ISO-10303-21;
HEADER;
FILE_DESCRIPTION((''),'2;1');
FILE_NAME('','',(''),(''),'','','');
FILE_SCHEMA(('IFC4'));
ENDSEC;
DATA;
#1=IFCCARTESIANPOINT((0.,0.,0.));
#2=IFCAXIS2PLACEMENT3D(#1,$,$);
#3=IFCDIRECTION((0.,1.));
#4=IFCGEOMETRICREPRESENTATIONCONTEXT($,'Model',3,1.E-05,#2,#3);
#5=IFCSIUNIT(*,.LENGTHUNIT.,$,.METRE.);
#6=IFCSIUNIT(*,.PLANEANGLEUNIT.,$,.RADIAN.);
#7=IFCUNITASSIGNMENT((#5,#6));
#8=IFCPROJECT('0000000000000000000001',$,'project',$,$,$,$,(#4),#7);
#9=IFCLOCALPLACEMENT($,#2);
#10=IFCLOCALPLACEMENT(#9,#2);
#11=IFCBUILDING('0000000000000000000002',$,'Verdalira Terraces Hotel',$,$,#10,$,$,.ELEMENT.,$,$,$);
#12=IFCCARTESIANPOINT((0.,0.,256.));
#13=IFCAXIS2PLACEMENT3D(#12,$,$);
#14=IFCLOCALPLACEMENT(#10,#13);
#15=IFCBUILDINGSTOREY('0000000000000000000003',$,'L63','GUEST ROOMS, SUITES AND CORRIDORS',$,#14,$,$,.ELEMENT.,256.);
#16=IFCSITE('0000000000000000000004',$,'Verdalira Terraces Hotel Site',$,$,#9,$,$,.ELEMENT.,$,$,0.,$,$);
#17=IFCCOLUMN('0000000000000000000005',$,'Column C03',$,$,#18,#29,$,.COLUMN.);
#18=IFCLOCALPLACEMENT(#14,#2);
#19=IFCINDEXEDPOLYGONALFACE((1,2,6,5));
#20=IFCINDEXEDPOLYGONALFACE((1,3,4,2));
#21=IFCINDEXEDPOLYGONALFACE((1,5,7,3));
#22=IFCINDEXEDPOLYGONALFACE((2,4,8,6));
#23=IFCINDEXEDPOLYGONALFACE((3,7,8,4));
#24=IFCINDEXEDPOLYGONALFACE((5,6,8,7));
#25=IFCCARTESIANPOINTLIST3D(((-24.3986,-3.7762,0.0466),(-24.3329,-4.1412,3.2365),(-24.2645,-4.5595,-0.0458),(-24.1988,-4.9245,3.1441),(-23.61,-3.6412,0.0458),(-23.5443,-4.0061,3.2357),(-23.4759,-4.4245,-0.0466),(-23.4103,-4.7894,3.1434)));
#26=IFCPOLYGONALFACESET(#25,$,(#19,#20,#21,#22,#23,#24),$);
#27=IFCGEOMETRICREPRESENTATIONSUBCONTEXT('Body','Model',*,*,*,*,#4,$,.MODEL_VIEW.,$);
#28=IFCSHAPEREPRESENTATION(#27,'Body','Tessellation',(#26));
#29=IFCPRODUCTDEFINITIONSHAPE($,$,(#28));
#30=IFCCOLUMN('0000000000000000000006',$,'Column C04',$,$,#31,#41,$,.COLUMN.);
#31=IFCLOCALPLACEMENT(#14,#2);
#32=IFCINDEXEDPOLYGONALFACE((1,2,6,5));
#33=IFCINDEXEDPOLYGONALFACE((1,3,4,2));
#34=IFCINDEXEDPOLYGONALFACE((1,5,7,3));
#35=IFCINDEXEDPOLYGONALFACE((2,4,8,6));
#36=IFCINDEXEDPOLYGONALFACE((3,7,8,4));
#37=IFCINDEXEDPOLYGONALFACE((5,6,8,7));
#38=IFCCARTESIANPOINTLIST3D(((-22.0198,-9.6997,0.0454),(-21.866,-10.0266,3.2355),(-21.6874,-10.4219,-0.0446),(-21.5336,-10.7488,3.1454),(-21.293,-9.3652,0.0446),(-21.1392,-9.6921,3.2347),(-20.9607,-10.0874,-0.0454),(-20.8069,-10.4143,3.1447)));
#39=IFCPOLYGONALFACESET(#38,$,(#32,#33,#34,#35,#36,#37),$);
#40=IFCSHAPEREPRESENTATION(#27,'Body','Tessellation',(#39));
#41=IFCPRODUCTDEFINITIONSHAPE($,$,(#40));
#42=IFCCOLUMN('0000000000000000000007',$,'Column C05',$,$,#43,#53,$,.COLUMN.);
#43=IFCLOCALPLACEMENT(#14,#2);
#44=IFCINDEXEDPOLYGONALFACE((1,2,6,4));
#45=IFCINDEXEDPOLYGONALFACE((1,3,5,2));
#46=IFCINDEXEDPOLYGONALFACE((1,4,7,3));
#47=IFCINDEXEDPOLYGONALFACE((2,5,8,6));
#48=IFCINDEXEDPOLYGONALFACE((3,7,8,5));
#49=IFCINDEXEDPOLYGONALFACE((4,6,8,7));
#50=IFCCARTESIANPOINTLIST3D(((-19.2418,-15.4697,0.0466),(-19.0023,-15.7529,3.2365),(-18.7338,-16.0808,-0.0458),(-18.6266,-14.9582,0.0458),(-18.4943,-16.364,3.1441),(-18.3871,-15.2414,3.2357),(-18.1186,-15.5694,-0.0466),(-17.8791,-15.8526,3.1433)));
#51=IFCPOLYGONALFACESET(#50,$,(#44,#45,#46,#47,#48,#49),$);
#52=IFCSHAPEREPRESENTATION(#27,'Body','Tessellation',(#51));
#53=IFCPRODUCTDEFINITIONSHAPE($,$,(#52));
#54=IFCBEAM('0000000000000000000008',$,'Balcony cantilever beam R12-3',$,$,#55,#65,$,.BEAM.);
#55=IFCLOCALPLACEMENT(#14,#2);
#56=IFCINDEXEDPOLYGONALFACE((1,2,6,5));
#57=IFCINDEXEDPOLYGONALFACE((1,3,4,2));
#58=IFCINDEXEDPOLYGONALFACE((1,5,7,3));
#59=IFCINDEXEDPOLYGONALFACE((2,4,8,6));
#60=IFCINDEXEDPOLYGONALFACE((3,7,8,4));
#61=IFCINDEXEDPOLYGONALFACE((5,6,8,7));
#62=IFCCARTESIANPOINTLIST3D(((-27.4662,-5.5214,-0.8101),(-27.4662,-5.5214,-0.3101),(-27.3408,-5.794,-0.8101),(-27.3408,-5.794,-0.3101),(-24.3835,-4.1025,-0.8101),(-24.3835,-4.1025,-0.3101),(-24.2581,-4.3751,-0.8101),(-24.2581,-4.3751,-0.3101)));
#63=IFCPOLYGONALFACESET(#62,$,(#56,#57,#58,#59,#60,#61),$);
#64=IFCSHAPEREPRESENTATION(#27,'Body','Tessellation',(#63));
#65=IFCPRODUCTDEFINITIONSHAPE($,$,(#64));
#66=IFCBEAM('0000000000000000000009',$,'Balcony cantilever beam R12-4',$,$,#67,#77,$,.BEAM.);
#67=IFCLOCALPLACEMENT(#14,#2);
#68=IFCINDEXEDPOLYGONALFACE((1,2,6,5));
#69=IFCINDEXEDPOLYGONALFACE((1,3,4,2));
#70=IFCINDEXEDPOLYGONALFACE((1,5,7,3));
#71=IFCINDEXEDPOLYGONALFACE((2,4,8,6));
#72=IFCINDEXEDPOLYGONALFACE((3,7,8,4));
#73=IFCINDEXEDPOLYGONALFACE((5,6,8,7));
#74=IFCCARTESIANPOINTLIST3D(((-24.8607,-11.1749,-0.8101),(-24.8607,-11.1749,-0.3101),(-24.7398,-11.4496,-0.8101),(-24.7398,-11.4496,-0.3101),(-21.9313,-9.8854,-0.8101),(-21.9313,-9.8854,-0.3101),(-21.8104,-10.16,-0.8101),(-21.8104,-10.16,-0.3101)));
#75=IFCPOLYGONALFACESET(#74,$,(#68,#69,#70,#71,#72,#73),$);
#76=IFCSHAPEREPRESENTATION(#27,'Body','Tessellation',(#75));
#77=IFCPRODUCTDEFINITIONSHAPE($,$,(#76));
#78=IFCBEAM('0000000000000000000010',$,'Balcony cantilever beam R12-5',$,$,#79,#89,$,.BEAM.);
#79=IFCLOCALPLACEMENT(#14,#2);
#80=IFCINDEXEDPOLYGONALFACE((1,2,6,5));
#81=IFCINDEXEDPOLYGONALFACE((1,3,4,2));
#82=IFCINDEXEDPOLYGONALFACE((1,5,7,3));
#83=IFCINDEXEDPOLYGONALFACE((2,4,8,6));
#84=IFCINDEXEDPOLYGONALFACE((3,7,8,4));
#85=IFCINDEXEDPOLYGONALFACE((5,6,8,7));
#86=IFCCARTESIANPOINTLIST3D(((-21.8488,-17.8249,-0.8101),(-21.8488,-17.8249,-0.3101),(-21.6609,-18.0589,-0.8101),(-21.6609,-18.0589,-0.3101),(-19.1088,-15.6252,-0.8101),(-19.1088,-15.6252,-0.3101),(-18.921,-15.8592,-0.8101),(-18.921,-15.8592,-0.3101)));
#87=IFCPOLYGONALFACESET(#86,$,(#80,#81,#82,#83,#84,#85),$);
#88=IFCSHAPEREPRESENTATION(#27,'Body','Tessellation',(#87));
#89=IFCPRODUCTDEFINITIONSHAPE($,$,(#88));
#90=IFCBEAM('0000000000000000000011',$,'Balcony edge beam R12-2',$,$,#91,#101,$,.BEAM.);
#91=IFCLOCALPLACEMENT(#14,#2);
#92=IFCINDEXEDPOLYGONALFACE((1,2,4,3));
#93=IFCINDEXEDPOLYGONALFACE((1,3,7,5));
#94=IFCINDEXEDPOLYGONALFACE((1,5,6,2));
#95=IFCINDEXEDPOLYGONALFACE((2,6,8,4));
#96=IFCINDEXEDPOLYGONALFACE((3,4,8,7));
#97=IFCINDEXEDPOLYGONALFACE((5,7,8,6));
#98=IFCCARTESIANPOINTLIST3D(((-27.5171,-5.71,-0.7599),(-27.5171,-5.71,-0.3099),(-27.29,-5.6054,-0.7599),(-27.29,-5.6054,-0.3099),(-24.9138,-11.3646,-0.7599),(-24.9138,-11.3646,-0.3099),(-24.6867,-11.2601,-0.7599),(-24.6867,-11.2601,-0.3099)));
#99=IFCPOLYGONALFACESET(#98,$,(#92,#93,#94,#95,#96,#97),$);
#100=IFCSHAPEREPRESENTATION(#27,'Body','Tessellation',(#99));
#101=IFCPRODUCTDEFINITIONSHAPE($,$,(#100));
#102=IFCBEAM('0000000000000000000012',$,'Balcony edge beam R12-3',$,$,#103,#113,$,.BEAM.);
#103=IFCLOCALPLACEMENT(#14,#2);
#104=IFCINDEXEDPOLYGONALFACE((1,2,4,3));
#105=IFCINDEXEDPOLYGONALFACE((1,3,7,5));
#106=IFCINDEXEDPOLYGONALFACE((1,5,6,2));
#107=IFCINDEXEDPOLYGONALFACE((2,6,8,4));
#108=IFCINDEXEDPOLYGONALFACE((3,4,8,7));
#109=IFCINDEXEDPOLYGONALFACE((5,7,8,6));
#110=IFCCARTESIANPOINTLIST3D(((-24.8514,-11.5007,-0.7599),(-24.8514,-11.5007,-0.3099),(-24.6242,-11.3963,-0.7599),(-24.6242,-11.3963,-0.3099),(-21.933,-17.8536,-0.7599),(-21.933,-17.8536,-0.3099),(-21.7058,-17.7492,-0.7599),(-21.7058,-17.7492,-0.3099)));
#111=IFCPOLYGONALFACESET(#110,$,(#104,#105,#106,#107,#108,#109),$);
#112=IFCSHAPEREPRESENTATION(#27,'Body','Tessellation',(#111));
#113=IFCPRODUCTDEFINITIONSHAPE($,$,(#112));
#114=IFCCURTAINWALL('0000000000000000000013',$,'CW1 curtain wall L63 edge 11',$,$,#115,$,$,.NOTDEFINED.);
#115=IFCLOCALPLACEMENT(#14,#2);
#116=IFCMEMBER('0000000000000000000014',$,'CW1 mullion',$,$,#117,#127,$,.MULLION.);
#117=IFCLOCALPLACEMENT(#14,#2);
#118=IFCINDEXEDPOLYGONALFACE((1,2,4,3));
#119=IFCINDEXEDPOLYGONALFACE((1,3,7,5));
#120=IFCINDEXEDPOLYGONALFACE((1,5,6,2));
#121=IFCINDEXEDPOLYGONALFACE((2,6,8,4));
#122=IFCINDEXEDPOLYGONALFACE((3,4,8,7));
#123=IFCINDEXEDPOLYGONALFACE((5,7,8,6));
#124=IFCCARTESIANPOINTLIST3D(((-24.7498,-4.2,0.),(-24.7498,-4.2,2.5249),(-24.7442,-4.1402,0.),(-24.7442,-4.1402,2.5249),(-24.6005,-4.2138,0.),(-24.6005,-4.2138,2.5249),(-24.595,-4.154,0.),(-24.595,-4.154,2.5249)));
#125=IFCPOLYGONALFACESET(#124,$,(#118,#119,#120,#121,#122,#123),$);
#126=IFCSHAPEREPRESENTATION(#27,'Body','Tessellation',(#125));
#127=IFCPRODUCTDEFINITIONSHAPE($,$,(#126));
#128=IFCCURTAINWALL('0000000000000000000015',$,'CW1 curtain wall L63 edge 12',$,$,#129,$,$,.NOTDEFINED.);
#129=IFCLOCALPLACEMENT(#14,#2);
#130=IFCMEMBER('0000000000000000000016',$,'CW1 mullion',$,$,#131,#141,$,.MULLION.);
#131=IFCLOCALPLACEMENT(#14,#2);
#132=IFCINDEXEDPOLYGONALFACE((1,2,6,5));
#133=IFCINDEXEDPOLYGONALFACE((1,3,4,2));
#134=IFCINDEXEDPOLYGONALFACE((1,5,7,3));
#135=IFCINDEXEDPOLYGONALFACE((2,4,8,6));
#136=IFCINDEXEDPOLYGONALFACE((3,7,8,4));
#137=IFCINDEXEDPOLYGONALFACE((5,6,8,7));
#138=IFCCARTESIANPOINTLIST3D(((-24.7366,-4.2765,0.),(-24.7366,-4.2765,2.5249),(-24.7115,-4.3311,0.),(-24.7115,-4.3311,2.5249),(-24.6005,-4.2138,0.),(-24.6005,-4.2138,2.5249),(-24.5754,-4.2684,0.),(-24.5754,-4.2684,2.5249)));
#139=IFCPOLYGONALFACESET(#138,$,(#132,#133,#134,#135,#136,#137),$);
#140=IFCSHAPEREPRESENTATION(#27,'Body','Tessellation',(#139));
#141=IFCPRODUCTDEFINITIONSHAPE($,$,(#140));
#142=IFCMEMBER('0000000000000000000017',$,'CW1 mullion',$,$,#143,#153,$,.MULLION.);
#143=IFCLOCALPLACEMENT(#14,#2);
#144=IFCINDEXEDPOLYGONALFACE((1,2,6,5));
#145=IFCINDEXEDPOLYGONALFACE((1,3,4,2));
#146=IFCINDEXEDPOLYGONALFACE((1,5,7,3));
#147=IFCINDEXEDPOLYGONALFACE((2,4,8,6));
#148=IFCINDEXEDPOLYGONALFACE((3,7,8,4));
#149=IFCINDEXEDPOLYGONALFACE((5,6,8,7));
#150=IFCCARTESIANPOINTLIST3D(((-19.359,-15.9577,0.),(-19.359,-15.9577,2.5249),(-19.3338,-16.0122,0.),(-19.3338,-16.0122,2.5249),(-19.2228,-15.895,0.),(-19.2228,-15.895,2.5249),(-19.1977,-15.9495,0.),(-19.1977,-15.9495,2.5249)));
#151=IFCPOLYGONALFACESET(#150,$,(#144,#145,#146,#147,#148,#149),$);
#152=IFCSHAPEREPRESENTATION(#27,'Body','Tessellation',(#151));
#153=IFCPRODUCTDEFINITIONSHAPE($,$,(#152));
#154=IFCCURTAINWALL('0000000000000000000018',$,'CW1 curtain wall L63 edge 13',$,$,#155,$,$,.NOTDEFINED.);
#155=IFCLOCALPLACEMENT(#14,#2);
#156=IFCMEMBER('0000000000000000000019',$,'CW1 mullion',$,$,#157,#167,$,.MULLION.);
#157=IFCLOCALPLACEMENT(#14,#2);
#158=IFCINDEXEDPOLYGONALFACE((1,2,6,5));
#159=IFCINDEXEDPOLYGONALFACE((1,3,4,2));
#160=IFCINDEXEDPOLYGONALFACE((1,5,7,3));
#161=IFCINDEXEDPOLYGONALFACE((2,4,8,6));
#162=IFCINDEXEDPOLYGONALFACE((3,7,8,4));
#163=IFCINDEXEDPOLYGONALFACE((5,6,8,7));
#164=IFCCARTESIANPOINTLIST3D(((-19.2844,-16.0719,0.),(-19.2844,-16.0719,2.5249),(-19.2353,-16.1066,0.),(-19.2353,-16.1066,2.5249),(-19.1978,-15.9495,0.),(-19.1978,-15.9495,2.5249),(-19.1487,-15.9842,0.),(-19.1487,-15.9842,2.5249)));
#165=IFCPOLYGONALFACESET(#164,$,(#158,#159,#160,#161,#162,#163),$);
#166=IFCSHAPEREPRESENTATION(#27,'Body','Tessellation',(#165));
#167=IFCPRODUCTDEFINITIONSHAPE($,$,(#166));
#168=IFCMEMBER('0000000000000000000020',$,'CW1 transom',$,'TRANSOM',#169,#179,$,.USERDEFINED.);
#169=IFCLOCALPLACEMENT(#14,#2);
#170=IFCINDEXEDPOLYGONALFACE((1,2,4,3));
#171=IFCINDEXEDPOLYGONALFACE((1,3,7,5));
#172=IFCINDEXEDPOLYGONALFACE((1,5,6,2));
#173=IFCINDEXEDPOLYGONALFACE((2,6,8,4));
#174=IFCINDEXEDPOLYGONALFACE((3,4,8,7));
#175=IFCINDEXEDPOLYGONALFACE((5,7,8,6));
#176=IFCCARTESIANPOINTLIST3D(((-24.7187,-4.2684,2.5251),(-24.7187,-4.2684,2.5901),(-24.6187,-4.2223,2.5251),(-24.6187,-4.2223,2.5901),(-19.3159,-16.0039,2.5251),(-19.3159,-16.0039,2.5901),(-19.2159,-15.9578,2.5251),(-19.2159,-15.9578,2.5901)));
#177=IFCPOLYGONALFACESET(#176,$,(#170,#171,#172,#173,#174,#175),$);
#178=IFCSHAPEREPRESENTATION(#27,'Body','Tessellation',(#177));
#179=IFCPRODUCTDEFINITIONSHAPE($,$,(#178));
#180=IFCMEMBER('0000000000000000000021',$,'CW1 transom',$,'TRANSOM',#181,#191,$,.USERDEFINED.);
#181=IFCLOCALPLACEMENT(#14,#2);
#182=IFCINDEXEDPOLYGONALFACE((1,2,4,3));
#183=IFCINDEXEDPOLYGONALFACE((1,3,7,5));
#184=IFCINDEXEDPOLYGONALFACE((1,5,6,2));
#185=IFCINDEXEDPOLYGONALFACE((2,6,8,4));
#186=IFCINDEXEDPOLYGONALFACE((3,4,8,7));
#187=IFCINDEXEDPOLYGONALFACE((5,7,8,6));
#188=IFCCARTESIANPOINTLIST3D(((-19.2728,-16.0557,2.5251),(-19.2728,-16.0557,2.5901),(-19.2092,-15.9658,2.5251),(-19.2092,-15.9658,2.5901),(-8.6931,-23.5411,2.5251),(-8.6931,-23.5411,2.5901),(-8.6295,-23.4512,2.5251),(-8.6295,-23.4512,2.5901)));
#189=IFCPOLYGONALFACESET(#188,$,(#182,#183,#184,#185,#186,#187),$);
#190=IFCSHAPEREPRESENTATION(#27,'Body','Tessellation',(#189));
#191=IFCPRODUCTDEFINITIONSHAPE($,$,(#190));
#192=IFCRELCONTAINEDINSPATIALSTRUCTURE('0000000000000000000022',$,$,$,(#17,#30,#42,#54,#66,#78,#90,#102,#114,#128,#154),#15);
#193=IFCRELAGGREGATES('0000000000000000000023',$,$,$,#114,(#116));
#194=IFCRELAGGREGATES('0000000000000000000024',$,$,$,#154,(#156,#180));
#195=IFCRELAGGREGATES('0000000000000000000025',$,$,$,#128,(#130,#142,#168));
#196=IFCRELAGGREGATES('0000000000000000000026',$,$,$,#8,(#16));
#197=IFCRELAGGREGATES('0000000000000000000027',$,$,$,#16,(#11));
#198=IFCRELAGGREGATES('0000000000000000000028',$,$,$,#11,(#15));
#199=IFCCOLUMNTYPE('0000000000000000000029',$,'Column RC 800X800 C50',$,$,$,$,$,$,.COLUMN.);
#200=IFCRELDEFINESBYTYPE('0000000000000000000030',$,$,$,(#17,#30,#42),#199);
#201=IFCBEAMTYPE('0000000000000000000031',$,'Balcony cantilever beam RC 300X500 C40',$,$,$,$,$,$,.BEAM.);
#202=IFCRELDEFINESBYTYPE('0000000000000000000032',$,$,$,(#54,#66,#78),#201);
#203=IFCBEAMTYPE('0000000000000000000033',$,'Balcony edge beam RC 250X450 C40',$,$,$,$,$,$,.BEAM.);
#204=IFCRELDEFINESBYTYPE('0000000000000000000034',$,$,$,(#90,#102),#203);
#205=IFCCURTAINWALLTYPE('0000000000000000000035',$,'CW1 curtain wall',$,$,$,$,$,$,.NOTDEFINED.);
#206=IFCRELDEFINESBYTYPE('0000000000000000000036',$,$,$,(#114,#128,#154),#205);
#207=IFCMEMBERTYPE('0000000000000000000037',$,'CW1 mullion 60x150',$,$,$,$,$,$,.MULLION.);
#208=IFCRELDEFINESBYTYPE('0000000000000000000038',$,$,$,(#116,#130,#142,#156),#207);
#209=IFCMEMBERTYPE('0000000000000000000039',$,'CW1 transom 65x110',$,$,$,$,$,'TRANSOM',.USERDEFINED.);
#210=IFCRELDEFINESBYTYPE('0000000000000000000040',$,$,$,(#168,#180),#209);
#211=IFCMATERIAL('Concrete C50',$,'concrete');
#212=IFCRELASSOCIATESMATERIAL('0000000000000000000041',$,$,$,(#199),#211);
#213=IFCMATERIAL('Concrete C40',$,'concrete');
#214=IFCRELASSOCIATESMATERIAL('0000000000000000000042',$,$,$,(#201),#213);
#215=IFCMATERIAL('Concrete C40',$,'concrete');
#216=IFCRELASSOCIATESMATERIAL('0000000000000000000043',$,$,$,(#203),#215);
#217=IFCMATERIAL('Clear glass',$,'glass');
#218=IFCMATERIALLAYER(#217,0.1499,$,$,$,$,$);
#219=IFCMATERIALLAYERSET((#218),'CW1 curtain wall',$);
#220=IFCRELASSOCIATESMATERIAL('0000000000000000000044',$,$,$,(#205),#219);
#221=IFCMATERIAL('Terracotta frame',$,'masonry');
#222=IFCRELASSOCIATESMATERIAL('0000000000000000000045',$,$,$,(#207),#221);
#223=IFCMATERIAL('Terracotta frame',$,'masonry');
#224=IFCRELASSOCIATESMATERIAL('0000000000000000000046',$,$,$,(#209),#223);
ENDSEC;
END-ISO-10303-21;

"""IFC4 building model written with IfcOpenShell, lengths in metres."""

from ifc_helpers import new_model, si_unit, direction, frame, origin, origin_2d, place, context, subcontext, project, spatial, rectangle, extrude, material, layer, layer_set, material_profile, profile_set, type_object, element, aggregate, save


model = new_model("IFC4")

# Units and contexts
model_context = context("Model", 3, precision=1e-05, world=origin(), true_north=direction((0.0, 1.0)))
body_context = subcontext(model_context, "Body", "Model", "MODEL_VIEW")
ifc_project = project(units=[si_unit("LENGTHUNIT", "METRE"), si_unit("PLANEANGLEUNIT", "RADIAN")], contexts=[model_context])

# Site, building, storey
site_placement = place(None, origin())
site = spatial("IfcSite", under=ifc_project, at=site_placement, Name="Verdalira Terraces Hotel Site", CompositionType="ELEMENT", RefElevation=0.0)
building_placement = place(site_placement, origin())
building = spatial("IfcBuilding", under=site, at=building_placement, Name="Verdalira Terraces Hotel", CompositionType="ELEMENT")
storey_placement = place(building_placement, frame((0.0, 0.0, 256.0)))
storey = spatial("IfcBuildingStorey", under=building, at=storey_placement, Name="L63", Description="GUEST ROOMS, SUITES AND CORRIDORS", CompositionType="ELEMENT", Elevation=256.0)

# Columns
ifc_material_1 = material(Name="Concrete C50", Category="concrete")
ifc_material_profile_1 = material_profile(ifc_material_1, rectangle(XDim=0.8, YDim=0.8, at=origin_2d()), Name="RC 800X800")
ifc_profile_set_1 = profile_set([ifc_material_profile_1], Name="Concrete C50")
column_type = type_object("IfcColumnType", Name="Column RC 800X800 C50", PredefinedType="COLUMN", material=ifc_profile_set_1)
column_1_placement = place(storey_placement, frame((-23.9373, -4.1003, 0.0), z_axis=(0.02045, -0.113654, 0.99331), x_axis=(-0.167598, 0.979069, 0.115475)))
element("IfcColumn", 1, at=column_1_placement, inside=storey, type_object=column_type, Name="Column C03", PredefinedType="COLUMN", context=body_context, shape_type="SweptSolid", body=[
    extrude(rectangle(XDim=0.8, YDim=0.8, at=origin_2d()), origin(), (0.0, 0.0, 1.0), 3.2114),
])
column_2_placement = place(storey_placement, frame((-21.4902, -9.8936, 0.0), z_axis=(0.04791, -0.101829, 0.993648), x_axis=(0.415383, -0.902659, -0.112533)))
element("IfcColumn", 2, at=column_2_placement, inside=storey, type_object=column_type, Name="Column C04", PredefinedType="COLUMN", context=body_context, shape_type="SweptSolid", body=[
    extrude(rectangle(XDim=0.8, YDim=0.8, at=origin_2d()), origin(), (0.0, 0.0, 1.0), 3.2104),
])
column_3_placement = place(storey_placement, frame((-18.6802, -15.5195, 0.0), z_axis=(0.074578, -0.088186, 0.993308), x_axis=(-0.634952, 0.76387, 0.115489)))
element("IfcColumn", 3, at=column_3_placement, inside=storey, type_object=column_type, Name="Column C05", PredefinedType="COLUMN", context=body_context, shape_type="SweptSolid", body=[
    extrude(rectangle(XDim=0.8, YDim=0.8, at=origin_2d()), origin(), (0.0, 0.0, 1.0), 3.2114),
])

# Beams
ifc_material_2 = material(Name="Concrete C40", Category="concrete")
ifc_material_profile_2 = material_profile(ifc_material_2, rectangle(XDim=0.3, YDim=0.5, at=origin_2d()), Name="RC 300X500")
ifc_profile_set_2 = profile_set([ifc_material_profile_2], Name="Concrete C40")
beam_type_1 = type_object("IfcBeamType", Name="Balcony cantilever beam RC 300X500 C40", PredefinedType="BEAM", material=ifc_profile_set_2)
beam_1_placement = place(storey_placement, frame((-24.3208, -4.2388, -0.5601), z_axis=(-0.908393, -0.418118, 0.0), x_axis=(0.418118, -0.908393, 0.0)))
element("IfcBeam", 4, at=beam_1_placement, inside=storey, type_object=beam_type_1, Name="Balcony cantilever beam R12-3", PredefinedType="BEAM", context=body_context, shape_type="SweptSolid", body=[
    extrude(rectangle(XDim=0.3, YDim=0.5, at=origin_2d()), origin(), (0.0, 0.0, 1.0), 3.3936),
])
beam_2_placement = place(storey_placement, frame((-21.8709, -10.0227, -0.5601), z_axis=(-0.915246, -0.402895, 0.0), x_axis=(0.402895, -0.915246, 0.0)))
element("IfcBeam", 5, at=beam_2_placement, inside=storey, type_object=beam_type_1, Name="Balcony cantilever beam R12-4", PredefinedType="BEAM", context=body_context, shape_type="SweptSolid", body=[
    extrude(rectangle(XDim=0.3, YDim=0.5, at=origin_2d()), origin(), (0.0, 0.0, 1.0), 3.2007),
])
beam_3_placement = place(storey_placement, frame((-19.0149, -15.7422, -0.5601), z_axis=(-0.779797, -0.626033, 0.0), x_axis=(0.626033, -0.779797, 0.0)))
element("IfcBeam", 6, at=beam_3_placement, inside=storey, type_object=beam_type_1, Name="Balcony cantilever beam R12-5", PredefinedType="BEAM", context=body_context, shape_type="SweptSolid", body=[
    extrude(rectangle(XDim=0.3, YDim=0.5, at=origin_2d()), origin(), (0.0, 0.0, 1.0), 3.5137),
])
ifc_material_3 = material(Name="Concrete C40", Category="concrete")
ifc_material_profile_3 = material_profile(ifc_material_3, rectangle(XDim=0.25, YDim=0.45, at=origin_2d()), Name="RC 250X450")
ifc_profile_set_3 = profile_set([ifc_material_profile_3], Name="Concrete C40")
beam_type_2 = type_object("IfcBeamType", Name="Balcony edge beam RC 250X450 C40", PredefinedType="BEAM", material=ifc_profile_set_3)
beam_4_placement = place(storey_placement, frame((-27.4036, -5.6577, -0.5349), z_axis=(0.418195, -0.908357, 0.0), x_axis=(0.908357, 0.418195, 0.0)))
element("IfcBeam", 7, at=beam_4_placement, inside=storey, type_object=beam_type_2, Name="Balcony edge beam R12-2", PredefinedType="BEAM", context=body_context, shape_type="SweptSolid", body=[
    extrude(rectangle(XDim=0.25, YDim=0.45, at=origin_2d()), origin(), (0.0, 0.0, 1.0), 6.2251),
])
beam_5_placement = place(storey_placement, frame((-24.7378, -11.4485, -0.5349), z_axis=(0.417441, -0.908704, 0.0), x_axis=(0.908704, 0.417441, 0.0)))
element("IfcBeam", 8, at=beam_5_placement, inside=storey, type_object=beam_type_2, Name="Balcony edge beam R12-3", PredefinedType="BEAM", context=body_context, shape_type="SweptSolid", body=[
    extrude(rectangle(XDim=0.25, YDim=0.45, at=origin_2d()), origin(), (0.0, 0.0, 1.0), 6.9912),
])

# Curtain wall, member
ifc_material_4 = material(Name="Clear glass", Category="glass")
ifc_layer_1 = layer(ifc_material_4, 0.1499)
ifc_layer_set_1 = layer_set([ifc_layer_1], Name="CW1 curtain wall")
curtain_wall_type = type_object("IfcCurtainWallType", Name="CW1 curtain wall", PredefinedType="NOTDEFINED", material=ifc_layer_set_1)
curtain_wall_1_placement = place(storey_placement, origin())
curtain_wall_1 = element("IfcCurtainWall", 9, at=curtain_wall_1_placement, inside=storey, type_object=curtain_wall_type, Name="CW1 curtain wall L63 edge 11", PredefinedType="NOTDEFINED")
ifc_material_5 = material(Name="Terracotta frame", Category="masonry")
ifc_material_profile_4 = material_profile(ifc_material_5, rectangle(XDim=0.0601, YDim=0.1499, at=origin_2d()), Name="MU 60x150")
ifc_profile_set_4 = profile_set([ifc_material_profile_4], Name="Terracotta frame")
member_type_1 = type_object("IfcMemberType", Name="CW1 mullion 60x150", PredefinedType="MULLION", material=ifc_profile_set_4)
member_1_placement = place(storey_placement, frame((-24.6724, -4.177, 0.0), z_axis=(0.0, 0.0, 1.0), x_axis=(-0.092023, -0.995757, 0.0)))
member_1 = element("IfcMember", 10, at=member_1_placement, type_object=member_type_1, Name="CW1 mullion", PredefinedType="MULLION", context=body_context, shape_type="SweptSolid", body=[
    extrude(rectangle(XDim=0.0601, YDim=0.1499, at=origin_2d()), origin(), (0.0, 0.0, 1.0), 2.5249),
])
aggregate(curtain_wall_1, [member_1])

# Curtain wall, members
curtain_wall_2_placement = place(storey_placement, origin())
curtain_wall_2 = element("IfcCurtainWall", 11, at=curtain_wall_2_placement, inside=storey, type_object=curtain_wall_type, Name="CW1 curtain wall L63 edge 12", PredefinedType="NOTDEFINED")
member_2_placement = place(storey_placement, frame((-24.656, -4.2725, 0.0), z_axis=(0.0, 0.0, 1.0), x_axis=(0.418184, -0.908362, 0.0)))
member_2 = element("IfcMember", 12, at=member_2_placement, type_object=member_type_1, Name="CW1 mullion", PredefinedType="MULLION", context=body_context, shape_type="SweptSolid", body=[
    extrude(rectangle(XDim=0.0601, YDim=0.1499, at=origin_2d()), origin(), (0.0, 0.0, 1.0), 2.5249),
])
member_3_placement = place(storey_placement, frame((-19.2783, -15.9536, 0.0), z_axis=(0.0, 0.0, 1.0), x_axis=(0.418184, -0.908362, 0.0)))
member_3 = element("IfcMember", 13, at=member_3_placement, type_object=member_type_1, Name="CW1 mullion", PredefinedType="MULLION", context=body_context, shape_type="SweptSolid", body=[
    extrude(rectangle(XDim=0.0601, YDim=0.1499, at=origin_2d()), origin(), (0.0, 0.0, 1.0), 2.5249),
])

# Curtain wall, member
curtain_wall_3_placement = place(storey_placement, origin())
curtain_wall_3 = element("IfcCurtainWall", 14, at=curtain_wall_3_placement, inside=storey, type_object=curtain_wall_type, Name="CW1 curtain wall L63 edge 13", PredefinedType="NOTDEFINED")
member_4_placement = place(storey_placement, frame((-19.2166, -16.0281, 0.0), z_axis=(0.0, 0.0, 1.0), x_axis=(0.816339, -0.577573, 0.0)))
member_4 = element("IfcMember", 15, at=member_4_placement, type_object=member_type_1, Name="CW1 mullion", PredefinedType="MULLION", context=body_context, shape_type="SweptSolid", body=[
    extrude(rectangle(XDim=0.0601, YDim=0.1499, at=origin_2d()), origin(), (0.0, 0.0, 1.0), 2.5249),
])

# Members
ifc_material_6 = material(Name="Terracotta frame", Category="masonry")
ifc_material_profile_5 = material_profile(ifc_material_6, rectangle(XDim=0.1101, YDim=0.0649, at=origin_2d()), Name="TR 65x110")
ifc_profile_set_5 = profile_set([ifc_material_profile_5], Name="Terracotta frame")
member_type_2 = type_object("IfcMemberType", Name="CW1 transom 65x110", ElementType="TRANSOM", PredefinedType="USERDEFINED", material=ifc_profile_set_5)
member_5_placement = place(storey_placement, frame((-24.6687, -4.2454, 2.5576), z_axis=(0.41819, -0.908359, 0.0), x_axis=(0.908359, 0.41819, 0.0)))
member_5 = element("IfcMember", 16, at=member_5_placement, type_object=member_type_2, Name="CW1 transom", ObjectType="TRANSOM", PredefinedType="USERDEFINED", context=body_context, shape_type="SweptSolid", body=[
    extrude(rectangle(XDim=0.1101, YDim=0.0649, at=origin_2d()), origin(), (0.0, 0.0, 1.0), 12.9194),
])
member_6_placement = place(storey_placement, frame((-19.241, -16.0107, 2.5576), z_axis=(0.816335, -0.577579, 0.0), x_axis=(0.577579, 0.816335, 0.0)))
member_6 = element("IfcMember", 17, at=member_6_placement, type_object=member_type_2, Name="CW1 transom", ObjectType="TRANSOM", PredefinedType="USERDEFINED", context=body_context, shape_type="SweptSolid", body=[
    extrude(rectangle(XDim=0.1101, YDim=0.0649, at=origin_2d()), origin(), (0.0, 0.0, 1.0), 12.96),
])
aggregate(curtain_wall_3, [member_4, member_6])

aggregate(curtain_wall_2, [member_2, member_3, member_5])

save(model, "model.ifc")
